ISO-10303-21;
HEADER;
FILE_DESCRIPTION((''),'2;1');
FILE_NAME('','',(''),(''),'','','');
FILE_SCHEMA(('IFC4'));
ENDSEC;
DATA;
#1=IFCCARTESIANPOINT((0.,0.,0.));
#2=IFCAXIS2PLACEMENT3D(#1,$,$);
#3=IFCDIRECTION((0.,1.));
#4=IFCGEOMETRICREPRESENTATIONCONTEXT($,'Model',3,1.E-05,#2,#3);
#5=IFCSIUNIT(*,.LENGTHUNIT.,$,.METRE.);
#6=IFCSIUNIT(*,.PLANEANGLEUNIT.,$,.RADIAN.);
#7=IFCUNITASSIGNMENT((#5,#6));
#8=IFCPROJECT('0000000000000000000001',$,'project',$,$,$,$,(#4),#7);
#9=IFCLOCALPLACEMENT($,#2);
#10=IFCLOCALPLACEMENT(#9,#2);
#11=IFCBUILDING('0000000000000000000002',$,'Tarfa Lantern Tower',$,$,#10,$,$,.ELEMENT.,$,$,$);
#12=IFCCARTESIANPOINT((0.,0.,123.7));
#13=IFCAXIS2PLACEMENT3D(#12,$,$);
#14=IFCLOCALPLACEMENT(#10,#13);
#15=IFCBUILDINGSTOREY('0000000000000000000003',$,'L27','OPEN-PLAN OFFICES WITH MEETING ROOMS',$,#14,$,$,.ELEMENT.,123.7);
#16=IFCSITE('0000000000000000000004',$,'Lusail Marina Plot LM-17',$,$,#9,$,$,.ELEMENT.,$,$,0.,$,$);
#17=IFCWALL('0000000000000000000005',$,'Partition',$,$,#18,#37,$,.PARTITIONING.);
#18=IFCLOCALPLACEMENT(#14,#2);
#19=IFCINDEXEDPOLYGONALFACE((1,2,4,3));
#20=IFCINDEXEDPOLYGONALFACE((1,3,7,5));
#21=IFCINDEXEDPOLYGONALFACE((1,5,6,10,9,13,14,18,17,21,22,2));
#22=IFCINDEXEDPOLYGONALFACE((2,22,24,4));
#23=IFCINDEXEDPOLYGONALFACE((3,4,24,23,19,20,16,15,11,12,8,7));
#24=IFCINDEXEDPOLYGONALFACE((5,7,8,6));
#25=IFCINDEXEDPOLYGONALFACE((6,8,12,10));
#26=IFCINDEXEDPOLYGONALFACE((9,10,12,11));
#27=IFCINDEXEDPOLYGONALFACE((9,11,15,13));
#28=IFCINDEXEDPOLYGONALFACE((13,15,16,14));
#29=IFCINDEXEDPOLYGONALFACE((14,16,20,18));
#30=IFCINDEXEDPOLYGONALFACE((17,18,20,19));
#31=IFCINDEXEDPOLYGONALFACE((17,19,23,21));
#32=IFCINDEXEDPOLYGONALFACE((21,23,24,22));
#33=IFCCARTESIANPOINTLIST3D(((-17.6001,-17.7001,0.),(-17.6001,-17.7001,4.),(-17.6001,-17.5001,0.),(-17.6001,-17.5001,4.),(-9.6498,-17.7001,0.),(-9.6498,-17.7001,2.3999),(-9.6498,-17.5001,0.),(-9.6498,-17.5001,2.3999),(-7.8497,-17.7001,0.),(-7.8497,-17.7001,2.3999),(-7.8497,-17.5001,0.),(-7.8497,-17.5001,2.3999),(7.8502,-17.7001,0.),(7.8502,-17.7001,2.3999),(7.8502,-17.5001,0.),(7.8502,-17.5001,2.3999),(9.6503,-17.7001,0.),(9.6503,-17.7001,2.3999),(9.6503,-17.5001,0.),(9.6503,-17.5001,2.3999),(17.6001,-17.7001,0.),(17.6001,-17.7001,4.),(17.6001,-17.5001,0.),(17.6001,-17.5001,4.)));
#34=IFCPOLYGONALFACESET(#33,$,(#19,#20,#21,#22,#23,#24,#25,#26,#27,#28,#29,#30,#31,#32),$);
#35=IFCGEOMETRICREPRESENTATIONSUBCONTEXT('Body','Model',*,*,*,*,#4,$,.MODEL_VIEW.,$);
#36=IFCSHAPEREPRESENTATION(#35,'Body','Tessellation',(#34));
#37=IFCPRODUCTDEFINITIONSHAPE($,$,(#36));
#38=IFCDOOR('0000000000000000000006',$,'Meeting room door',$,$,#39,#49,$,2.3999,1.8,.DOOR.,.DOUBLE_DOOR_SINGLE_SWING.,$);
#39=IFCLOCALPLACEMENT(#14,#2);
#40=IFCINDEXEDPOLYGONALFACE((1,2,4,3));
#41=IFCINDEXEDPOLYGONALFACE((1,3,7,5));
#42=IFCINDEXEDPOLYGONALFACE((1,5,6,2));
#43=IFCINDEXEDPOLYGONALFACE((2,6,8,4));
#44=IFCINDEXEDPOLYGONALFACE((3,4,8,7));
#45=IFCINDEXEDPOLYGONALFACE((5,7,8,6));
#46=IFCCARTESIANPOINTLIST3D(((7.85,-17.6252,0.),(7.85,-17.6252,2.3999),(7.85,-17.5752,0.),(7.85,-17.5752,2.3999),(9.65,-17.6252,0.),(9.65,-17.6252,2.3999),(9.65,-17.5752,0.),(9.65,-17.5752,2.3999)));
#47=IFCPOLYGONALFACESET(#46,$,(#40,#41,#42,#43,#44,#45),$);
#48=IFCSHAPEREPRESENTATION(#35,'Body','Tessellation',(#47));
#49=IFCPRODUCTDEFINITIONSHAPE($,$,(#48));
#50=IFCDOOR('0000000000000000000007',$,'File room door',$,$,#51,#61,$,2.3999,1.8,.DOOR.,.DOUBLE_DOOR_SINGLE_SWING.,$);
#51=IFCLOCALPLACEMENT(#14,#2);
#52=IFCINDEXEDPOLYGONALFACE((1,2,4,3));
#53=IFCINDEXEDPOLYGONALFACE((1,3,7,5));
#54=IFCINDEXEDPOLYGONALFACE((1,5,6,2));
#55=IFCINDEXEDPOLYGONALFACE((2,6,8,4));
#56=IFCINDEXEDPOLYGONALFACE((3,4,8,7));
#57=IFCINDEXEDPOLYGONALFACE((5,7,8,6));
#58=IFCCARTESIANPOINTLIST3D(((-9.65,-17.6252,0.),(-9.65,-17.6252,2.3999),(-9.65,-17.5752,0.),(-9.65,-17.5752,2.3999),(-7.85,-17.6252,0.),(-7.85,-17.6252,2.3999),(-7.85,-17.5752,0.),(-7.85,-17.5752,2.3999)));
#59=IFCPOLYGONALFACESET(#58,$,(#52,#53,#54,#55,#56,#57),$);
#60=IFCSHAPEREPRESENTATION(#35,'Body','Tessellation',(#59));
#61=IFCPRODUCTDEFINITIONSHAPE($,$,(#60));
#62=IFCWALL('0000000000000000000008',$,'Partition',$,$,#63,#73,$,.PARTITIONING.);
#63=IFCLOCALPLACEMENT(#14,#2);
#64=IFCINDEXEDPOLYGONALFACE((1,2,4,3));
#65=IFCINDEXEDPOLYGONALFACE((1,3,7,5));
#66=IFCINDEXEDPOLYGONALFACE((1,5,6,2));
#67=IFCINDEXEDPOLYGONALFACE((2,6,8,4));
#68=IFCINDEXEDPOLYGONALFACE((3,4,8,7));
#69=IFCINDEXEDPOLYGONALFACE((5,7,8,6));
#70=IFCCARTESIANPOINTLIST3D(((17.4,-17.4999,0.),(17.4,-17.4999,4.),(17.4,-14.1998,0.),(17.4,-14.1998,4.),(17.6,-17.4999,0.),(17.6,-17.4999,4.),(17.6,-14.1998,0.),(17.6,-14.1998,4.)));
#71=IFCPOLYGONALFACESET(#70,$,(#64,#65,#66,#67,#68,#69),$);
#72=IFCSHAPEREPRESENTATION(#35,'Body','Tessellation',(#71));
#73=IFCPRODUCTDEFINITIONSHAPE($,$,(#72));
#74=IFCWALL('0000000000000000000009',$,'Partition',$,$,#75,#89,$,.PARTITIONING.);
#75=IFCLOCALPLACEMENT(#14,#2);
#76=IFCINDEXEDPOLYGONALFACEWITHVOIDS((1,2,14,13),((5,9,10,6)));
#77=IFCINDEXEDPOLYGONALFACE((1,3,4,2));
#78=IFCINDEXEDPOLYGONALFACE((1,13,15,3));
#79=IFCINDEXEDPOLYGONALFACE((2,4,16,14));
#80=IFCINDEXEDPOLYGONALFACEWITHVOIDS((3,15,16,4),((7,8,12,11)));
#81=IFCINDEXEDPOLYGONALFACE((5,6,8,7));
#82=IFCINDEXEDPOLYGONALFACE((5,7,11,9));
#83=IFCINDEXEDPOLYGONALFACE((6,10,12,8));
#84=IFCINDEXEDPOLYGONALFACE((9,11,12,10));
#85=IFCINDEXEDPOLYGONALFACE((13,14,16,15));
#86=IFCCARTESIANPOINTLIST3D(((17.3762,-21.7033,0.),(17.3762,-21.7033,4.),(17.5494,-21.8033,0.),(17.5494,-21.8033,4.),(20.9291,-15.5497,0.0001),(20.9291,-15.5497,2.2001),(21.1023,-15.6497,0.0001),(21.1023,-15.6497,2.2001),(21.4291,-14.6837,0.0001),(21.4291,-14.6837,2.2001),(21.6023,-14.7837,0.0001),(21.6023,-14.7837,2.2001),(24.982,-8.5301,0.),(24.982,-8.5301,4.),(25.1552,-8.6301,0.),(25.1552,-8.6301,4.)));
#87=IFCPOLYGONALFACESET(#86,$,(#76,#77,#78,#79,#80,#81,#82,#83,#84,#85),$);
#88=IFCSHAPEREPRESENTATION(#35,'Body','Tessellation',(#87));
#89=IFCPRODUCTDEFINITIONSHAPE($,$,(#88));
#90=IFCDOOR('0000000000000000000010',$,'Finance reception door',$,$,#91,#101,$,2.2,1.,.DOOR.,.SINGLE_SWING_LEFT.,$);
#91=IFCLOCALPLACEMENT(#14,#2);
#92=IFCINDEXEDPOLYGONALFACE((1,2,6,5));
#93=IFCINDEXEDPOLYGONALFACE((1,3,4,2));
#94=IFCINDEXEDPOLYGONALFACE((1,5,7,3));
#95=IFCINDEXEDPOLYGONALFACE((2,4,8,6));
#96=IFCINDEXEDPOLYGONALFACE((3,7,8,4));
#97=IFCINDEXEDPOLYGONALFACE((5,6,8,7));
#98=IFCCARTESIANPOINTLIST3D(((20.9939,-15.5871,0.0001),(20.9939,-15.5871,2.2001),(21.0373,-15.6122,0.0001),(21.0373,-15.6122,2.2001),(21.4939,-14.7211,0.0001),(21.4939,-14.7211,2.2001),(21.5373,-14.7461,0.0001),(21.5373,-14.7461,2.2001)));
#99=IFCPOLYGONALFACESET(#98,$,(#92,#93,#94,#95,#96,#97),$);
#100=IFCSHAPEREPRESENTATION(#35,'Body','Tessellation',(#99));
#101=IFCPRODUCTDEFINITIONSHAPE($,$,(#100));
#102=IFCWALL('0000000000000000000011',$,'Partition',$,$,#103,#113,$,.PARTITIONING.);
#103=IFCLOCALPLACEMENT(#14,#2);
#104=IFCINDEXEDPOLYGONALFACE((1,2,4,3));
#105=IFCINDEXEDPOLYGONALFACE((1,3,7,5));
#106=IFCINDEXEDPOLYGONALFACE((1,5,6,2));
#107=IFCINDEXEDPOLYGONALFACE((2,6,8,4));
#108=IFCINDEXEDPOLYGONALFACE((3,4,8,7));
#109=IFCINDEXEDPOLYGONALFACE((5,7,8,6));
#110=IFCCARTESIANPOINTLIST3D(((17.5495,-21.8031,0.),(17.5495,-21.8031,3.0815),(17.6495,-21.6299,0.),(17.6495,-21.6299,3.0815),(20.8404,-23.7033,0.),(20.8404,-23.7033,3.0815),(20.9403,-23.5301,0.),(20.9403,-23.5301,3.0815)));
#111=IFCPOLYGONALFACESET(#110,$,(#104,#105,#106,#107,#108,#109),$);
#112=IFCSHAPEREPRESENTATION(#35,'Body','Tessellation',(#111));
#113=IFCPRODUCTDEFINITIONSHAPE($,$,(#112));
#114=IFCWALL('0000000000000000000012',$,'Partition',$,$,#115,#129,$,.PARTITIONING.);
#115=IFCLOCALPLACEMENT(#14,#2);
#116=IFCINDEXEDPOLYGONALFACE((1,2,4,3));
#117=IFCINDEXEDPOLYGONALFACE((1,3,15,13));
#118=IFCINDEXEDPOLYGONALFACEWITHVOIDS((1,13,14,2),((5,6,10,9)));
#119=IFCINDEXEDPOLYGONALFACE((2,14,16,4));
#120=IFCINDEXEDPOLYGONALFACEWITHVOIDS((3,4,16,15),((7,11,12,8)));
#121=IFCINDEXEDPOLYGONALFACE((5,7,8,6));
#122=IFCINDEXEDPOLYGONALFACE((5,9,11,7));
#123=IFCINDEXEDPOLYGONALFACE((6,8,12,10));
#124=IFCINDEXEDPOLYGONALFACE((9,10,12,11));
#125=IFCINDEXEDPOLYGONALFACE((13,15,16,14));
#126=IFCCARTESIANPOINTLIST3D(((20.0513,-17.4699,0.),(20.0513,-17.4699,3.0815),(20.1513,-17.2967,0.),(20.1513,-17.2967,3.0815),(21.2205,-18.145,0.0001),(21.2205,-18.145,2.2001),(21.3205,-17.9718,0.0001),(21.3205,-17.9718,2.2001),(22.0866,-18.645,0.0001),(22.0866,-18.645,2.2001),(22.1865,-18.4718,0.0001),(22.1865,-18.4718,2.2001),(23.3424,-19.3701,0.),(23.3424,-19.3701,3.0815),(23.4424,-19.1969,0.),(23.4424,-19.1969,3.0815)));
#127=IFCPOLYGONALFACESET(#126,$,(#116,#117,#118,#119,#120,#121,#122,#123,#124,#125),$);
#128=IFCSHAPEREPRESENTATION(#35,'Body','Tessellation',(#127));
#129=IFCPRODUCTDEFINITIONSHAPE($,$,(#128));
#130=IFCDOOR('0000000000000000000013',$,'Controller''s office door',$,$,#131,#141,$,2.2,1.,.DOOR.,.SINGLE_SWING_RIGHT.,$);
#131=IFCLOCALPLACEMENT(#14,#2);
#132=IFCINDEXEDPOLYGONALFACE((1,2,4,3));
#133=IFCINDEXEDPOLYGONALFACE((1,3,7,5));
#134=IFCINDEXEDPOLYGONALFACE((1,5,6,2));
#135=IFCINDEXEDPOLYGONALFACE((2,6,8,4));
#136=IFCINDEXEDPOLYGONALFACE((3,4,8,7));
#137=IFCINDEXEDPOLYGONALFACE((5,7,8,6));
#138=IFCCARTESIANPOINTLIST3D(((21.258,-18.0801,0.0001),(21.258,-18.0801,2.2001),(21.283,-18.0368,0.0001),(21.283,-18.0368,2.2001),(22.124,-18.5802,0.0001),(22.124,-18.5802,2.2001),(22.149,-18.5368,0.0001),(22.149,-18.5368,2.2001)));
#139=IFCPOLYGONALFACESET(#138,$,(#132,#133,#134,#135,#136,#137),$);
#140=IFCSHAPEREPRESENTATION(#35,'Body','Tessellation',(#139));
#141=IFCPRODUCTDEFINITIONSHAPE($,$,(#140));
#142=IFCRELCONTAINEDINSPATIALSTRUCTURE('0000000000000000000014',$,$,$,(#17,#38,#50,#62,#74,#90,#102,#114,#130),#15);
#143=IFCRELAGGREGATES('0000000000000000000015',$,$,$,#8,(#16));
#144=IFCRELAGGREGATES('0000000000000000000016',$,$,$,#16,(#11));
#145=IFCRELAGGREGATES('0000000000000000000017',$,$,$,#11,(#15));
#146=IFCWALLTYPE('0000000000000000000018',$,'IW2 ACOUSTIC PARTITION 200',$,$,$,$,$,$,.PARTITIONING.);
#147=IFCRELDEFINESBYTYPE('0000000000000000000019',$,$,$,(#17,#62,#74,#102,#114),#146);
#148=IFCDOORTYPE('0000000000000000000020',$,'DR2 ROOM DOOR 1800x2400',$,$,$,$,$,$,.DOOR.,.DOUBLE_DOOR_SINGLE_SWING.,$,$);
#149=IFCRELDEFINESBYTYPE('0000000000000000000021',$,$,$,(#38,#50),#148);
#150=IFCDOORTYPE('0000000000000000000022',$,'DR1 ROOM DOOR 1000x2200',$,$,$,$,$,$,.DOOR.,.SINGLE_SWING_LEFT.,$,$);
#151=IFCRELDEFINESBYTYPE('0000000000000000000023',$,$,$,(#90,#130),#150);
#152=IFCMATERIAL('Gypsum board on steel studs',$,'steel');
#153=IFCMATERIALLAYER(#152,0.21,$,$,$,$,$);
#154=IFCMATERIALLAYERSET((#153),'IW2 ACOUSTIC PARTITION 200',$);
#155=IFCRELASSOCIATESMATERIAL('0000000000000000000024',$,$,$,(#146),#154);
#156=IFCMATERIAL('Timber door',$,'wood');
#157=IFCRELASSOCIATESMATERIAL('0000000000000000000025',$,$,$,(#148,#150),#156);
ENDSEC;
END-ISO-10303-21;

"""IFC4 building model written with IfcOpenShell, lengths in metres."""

from ifc_helpers import new_model, si_unit, direction, frame, frame_2d, origin, place, context, subcontext, project, spatial, rectangle, extrude, material, layer, layer_set, type_object, element, fill, save


model = new_model("IFC4")

# Units and contexts
model_context = context("Model", 3, precision=1e-05, world=origin(), true_north=direction((0.0, 1.0)))
body_context = subcontext(model_context, "Body", "Model", "MODEL_VIEW")
ifc_project = project(units=[si_unit("LENGTHUNIT", "METRE"), si_unit("PLANEANGLEUNIT", "RADIAN")], contexts=[model_context])

# Site, building, storey
site_placement = place(None, origin())
site = spatial("IfcSite", under=ifc_project, at=site_placement, Name="Lusail Marina Plot LM-17", CompositionType="ELEMENT", RefElevation=0.0)
building_placement = place(site_placement, origin())
building = spatial("IfcBuilding", under=site, at=building_placement, Name="Tarfa Lantern Tower", CompositionType="ELEMENT")
storey_placement = place(building_placement, frame((0.0, 0.0, 123.7)))
storey = spatial("IfcBuildingStorey", under=building, at=storey_placement, Name="L27", Description="OPEN-PLAN OFFICES WITH MEETING ROOMS", CompositionType="ELEMENT", Elevation=123.7)

# Wall, openings, doors
ifc_material_1 = material(Name="Gypsum board on steel studs", Category="steel")
ifc_layer_1 = layer(ifc_material_1, 0.21)
ifc_layer_set_1 = layer_set([ifc_layer_1], Name="IW2 ACOUSTIC PARTITION 200")
wall_type = type_object("IfcWallType", Name="IW2 ACOUSTIC PARTITION 200", PredefinedType="PARTITIONING", material=ifc_layer_set_1)
wall_1_placement = place(storey_placement, frame((17.6001, -17.6001, 0.0), z_axis=(0.0, 0.0, 1.0), x_axis=(-1.0, 0.0, 0.0)))
wall_1 = element("IfcWall", 1, at=wall_1_placement, inside=storey, type_object=wall_type, Name="Partition", PredefinedType="PARTITIONING", context=body_context, shape_type="SweptSolid", body=[
    extrude(rectangle(XDim=35.2002, YDim=0.2, at=frame_2d((17.6001, 0.0))), origin(), (0.0, 0.0, 1.0), 4.0),
])
opening_1_placement = place(wall_1_placement, frame((7.95, 0.0, 0.0)))
opening_1 = element("IfcOpeningElement", 2, at=opening_1_placement, cuts=wall_1, PredefinedType="OPENING", context=body_context, shape_type="SweptSolid", body=[
    extrude(rectangle(XDim=1.8, YDim=2.3999, at=frame_2d((0.8999, 1.2))), frame((0.0, 0.1099, 0.0), z_axis=(0.0, -1.0, 0.0), x_axis=(1.0, 0.0, 0.0)), (0.0, 0.0, 1.0), 0.22),
])
opening_2_placement = place(wall_1_placement, frame((25.45, 0.0, 0.0)))
opening_2 = element("IfcOpeningElement", 3, at=opening_2_placement, cuts=wall_1, PredefinedType="OPENING", context=body_context, shape_type="SweptSolid", body=[
    extrude(rectangle(XDim=1.8, YDim=2.3999, at=frame_2d((0.8999, 1.2))), frame((0.0, 0.1099, 0.0), z_axis=(0.0, -1.0, 0.0), x_axis=(1.0, 0.0, 0.0)), (0.0, 0.0, 1.0), 0.22),
])
ifc_material_2 = material(Name="Timber door", Category="wood")
door_type_1 = type_object("IfcDoorType", Name="DR2 ROOM DOOR 1800x2400", OperationType="DOUBLE_DOOR_SINGLE_SWING", PredefinedType="DOOR", material=ifc_material_2)
door_1_placement = place(opening_1_placement, frame((1.8, 0.0, 0.0), z_axis=(0.0, 0.0, 1.0), x_axis=(-1.0, 0.0, 0.0)))
door_1 = element("IfcDoor", 4, at=door_1_placement, inside=storey, type_object=door_type_1, Name="Meeting room door", OperationType="DOUBLE_DOOR_SINGLE_SWING", OverallHeight=2.3999, OverallWidth=1.8, PredefinedType="DOOR", context=body_context, shape_type="SweptSolid", body=[
    extrude(rectangle(XDim=1.8, YDim=2.3999, at=frame_2d((0.8999, 1.2))), frame((0.0, 0.0249, 0.0), z_axis=(0.0, -1.0, 0.0), x_axis=(1.0, 0.0, 0.0)), (0.0, 0.0, 1.0), 0.05),
])
fill(opening_1, door_1)
door_2_placement = place(opening_2_placement, frame((1.8, 0.0, 0.0), z_axis=(0.0, 0.0, 1.0), x_axis=(-1.0, 0.0, 0.0)))
door_2 = element("IfcDoor", 5, at=door_2_placement, inside=storey, type_object=door_type_1, Name="File room door", OperationType="DOUBLE_DOOR_SINGLE_SWING", OverallHeight=2.3999, OverallWidth=1.8, PredefinedType="DOOR", context=body_context, shape_type="SweptSolid", body=[
    extrude(rectangle(XDim=1.8, YDim=2.3999, at=frame_2d((0.8999, 1.2))), frame((0.0, 0.0249, 0.0), z_axis=(0.0, -1.0, 0.0), x_axis=(1.0, 0.0, 0.0)), (0.0, 0.0, 1.0), 0.05),
])
fill(opening_2, door_2)

# Wall
wall_2_placement = place(storey_placement, frame((17.5, -14.2, 0.0), z_axis=(0.0, 0.0, 1.0), x_axis=(0.0, -1.0, 0.0)))
element("IfcWall", 6, at=wall_2_placement, inside=storey, type_object=wall_type, Name="Partition", PredefinedType="PARTITIONING", context=body_context, shape_type="SweptSolid", body=[
    extrude(rectangle(XDim=3.3, YDim=0.2, at=frame_2d((1.6499, 0.0))), origin(), (0.0, 0.0, 1.0), 4.0),
])

# Wall, opening, door
wall_3_placement = place(storey_placement, frame((17.4629, -21.7532, 0.0), z_axis=(0.0, 0.0, 1.0), x_axis=(0.500011, 0.866019, 0.0)))
wall_3 = element("IfcWall", 7, at=wall_3_placement, inside=storey, type_object=wall_type, Name="Partition", PredefinedType="PARTITIONING", context=body_context, shape_type="SweptSolid", body=[
    extrude(rectangle(XDim=15.2112, YDim=0.2, at=frame_2d((7.6055, 0.0))), origin(), (0.0, 0.0, 1.0), 4.0),
])
opening_3_placement = place(wall_3_placement, frame((7.1055, 0.0, 0.0)))
opening_3 = element("IfcOpeningElement", 8, at=opening_3_placement, cuts=wall_3, PredefinedType="OPENING", context=body_context, shape_type="SweptSolid", body=[
    extrude(rectangle(XDim=1.0, YDim=2.2, at=frame_2d((0.5, 1.1001))), frame((0.0, 0.1099, 0.0), z_axis=(0.0, -1.0, 0.0), x_axis=(1.0, 0.0, 0.0)), (0.0, 0.0, 1.0), 0.22),
])
door_type_2 = type_object("IfcDoorType", Name="DR1 ROOM DOOR 1000x2200", OperationType="SINGLE_SWING_LEFT", PredefinedType="DOOR", material=ifc_material_2)
door_3_placement = place(opening_3_placement, frame((1.0, 0.0, 0.0), z_axis=(0.0, 0.0, 1.0), x_axis=(-1.0, 0.0, 0.0)))
door_3 = element("IfcDoor", 9, at=door_3_placement, inside=storey, type_object=door_type_2, Name="Finance reception door", OperationType="SINGLE_SWING_LEFT", OverallHeight=2.2, OverallWidth=1.0, PredefinedType="DOOR", context=body_context, shape_type="SweptSolid", body=[
    extrude(rectangle(XDim=1.0, YDim=2.2, at=frame_2d((0.5, 1.1001))), frame((0.0, 0.0249, 0.0), z_axis=(0.0, -1.0, 0.0), x_axis=(1.0, 0.0, 0.0)), (0.0, 0.0, 1.0), 0.05),
])
fill(opening_3, door_3)

# Wall
wall_4_placement = place(storey_placement, frame((17.5996, -21.7166, 0.0), z_axis=(0.0, 0.0, 1.0), x_axis=(0.866, -0.500043, 0.0)))
element("IfcWall", 10, at=wall_4_placement, inside=storey, type_object=wall_type, Name="Partition", PredefinedType="PARTITIONING", context=body_context, shape_type="SweptSolid", body=[
    extrude(rectangle(XDim=3.8, YDim=0.2, at=frame_2d((1.8999, 0.0))), origin(), (0.0, 0.0, 1.0), 3.0815),
])

# Wall, opening, door
wall_5_placement = place(storey_placement, frame((20.1013, -17.3833, 0.0), z_axis=(0.0, 0.0, 1.0), x_axis=(0.866017, -0.500015, 0.0)))
wall_5 = element("IfcWall", 11, at=wall_5_placement, inside=storey, type_object=wall_type, Name="Partition", PredefinedType="PARTITIONING", context=body_context, shape_type="SweptSolid", body=[
    extrude(rectangle(XDim=3.8003, YDim=0.2, at=frame_2d((1.9001, 0.0))), origin(), (0.0, 0.0, 1.0), 3.0815),
])
opening_4_placement = place(wall_5_placement, frame((1.3501, 0.0, 0.0)))
opening_4 = element("IfcOpeningElement", 12, at=opening_4_placement, cuts=wall_5, PredefinedType="OPENING", context=body_context, shape_type="SweptSolid", body=[
    extrude(rectangle(XDim=1.0, YDim=2.2, at=frame_2d((0.5, 1.1001))), frame((0.0, 0.1099, 0.0), z_axis=(0.0, -1.0, 0.0), x_axis=(1.0, 0.0, 0.0)), (0.0, 0.0, 1.0), 0.22),
])
door_4_placement = place(opening_4_placement, origin())
door_4 = element("IfcDoor", 13, at=door_4_placement, inside=storey, type_object=door_type_2, Name="Controller's office door", OperationType="SINGLE_SWING_RIGHT", OverallHeight=2.2, OverallWidth=1.0, PredefinedType="DOOR", context=body_context, shape_type="SweptSolid", body=[
    extrude(rectangle(XDim=1.0, YDim=2.2, at=frame_2d((0.5, 1.1001))), frame((0.0, 0.0249, 0.0), z_axis=(0.0, -1.0, 0.0), x_axis=(1.0, 0.0, 0.0)), (0.0, 0.0, 1.0), 0.05),
])
fill(opening_4, door_4)

save(model, "model.ifc")
